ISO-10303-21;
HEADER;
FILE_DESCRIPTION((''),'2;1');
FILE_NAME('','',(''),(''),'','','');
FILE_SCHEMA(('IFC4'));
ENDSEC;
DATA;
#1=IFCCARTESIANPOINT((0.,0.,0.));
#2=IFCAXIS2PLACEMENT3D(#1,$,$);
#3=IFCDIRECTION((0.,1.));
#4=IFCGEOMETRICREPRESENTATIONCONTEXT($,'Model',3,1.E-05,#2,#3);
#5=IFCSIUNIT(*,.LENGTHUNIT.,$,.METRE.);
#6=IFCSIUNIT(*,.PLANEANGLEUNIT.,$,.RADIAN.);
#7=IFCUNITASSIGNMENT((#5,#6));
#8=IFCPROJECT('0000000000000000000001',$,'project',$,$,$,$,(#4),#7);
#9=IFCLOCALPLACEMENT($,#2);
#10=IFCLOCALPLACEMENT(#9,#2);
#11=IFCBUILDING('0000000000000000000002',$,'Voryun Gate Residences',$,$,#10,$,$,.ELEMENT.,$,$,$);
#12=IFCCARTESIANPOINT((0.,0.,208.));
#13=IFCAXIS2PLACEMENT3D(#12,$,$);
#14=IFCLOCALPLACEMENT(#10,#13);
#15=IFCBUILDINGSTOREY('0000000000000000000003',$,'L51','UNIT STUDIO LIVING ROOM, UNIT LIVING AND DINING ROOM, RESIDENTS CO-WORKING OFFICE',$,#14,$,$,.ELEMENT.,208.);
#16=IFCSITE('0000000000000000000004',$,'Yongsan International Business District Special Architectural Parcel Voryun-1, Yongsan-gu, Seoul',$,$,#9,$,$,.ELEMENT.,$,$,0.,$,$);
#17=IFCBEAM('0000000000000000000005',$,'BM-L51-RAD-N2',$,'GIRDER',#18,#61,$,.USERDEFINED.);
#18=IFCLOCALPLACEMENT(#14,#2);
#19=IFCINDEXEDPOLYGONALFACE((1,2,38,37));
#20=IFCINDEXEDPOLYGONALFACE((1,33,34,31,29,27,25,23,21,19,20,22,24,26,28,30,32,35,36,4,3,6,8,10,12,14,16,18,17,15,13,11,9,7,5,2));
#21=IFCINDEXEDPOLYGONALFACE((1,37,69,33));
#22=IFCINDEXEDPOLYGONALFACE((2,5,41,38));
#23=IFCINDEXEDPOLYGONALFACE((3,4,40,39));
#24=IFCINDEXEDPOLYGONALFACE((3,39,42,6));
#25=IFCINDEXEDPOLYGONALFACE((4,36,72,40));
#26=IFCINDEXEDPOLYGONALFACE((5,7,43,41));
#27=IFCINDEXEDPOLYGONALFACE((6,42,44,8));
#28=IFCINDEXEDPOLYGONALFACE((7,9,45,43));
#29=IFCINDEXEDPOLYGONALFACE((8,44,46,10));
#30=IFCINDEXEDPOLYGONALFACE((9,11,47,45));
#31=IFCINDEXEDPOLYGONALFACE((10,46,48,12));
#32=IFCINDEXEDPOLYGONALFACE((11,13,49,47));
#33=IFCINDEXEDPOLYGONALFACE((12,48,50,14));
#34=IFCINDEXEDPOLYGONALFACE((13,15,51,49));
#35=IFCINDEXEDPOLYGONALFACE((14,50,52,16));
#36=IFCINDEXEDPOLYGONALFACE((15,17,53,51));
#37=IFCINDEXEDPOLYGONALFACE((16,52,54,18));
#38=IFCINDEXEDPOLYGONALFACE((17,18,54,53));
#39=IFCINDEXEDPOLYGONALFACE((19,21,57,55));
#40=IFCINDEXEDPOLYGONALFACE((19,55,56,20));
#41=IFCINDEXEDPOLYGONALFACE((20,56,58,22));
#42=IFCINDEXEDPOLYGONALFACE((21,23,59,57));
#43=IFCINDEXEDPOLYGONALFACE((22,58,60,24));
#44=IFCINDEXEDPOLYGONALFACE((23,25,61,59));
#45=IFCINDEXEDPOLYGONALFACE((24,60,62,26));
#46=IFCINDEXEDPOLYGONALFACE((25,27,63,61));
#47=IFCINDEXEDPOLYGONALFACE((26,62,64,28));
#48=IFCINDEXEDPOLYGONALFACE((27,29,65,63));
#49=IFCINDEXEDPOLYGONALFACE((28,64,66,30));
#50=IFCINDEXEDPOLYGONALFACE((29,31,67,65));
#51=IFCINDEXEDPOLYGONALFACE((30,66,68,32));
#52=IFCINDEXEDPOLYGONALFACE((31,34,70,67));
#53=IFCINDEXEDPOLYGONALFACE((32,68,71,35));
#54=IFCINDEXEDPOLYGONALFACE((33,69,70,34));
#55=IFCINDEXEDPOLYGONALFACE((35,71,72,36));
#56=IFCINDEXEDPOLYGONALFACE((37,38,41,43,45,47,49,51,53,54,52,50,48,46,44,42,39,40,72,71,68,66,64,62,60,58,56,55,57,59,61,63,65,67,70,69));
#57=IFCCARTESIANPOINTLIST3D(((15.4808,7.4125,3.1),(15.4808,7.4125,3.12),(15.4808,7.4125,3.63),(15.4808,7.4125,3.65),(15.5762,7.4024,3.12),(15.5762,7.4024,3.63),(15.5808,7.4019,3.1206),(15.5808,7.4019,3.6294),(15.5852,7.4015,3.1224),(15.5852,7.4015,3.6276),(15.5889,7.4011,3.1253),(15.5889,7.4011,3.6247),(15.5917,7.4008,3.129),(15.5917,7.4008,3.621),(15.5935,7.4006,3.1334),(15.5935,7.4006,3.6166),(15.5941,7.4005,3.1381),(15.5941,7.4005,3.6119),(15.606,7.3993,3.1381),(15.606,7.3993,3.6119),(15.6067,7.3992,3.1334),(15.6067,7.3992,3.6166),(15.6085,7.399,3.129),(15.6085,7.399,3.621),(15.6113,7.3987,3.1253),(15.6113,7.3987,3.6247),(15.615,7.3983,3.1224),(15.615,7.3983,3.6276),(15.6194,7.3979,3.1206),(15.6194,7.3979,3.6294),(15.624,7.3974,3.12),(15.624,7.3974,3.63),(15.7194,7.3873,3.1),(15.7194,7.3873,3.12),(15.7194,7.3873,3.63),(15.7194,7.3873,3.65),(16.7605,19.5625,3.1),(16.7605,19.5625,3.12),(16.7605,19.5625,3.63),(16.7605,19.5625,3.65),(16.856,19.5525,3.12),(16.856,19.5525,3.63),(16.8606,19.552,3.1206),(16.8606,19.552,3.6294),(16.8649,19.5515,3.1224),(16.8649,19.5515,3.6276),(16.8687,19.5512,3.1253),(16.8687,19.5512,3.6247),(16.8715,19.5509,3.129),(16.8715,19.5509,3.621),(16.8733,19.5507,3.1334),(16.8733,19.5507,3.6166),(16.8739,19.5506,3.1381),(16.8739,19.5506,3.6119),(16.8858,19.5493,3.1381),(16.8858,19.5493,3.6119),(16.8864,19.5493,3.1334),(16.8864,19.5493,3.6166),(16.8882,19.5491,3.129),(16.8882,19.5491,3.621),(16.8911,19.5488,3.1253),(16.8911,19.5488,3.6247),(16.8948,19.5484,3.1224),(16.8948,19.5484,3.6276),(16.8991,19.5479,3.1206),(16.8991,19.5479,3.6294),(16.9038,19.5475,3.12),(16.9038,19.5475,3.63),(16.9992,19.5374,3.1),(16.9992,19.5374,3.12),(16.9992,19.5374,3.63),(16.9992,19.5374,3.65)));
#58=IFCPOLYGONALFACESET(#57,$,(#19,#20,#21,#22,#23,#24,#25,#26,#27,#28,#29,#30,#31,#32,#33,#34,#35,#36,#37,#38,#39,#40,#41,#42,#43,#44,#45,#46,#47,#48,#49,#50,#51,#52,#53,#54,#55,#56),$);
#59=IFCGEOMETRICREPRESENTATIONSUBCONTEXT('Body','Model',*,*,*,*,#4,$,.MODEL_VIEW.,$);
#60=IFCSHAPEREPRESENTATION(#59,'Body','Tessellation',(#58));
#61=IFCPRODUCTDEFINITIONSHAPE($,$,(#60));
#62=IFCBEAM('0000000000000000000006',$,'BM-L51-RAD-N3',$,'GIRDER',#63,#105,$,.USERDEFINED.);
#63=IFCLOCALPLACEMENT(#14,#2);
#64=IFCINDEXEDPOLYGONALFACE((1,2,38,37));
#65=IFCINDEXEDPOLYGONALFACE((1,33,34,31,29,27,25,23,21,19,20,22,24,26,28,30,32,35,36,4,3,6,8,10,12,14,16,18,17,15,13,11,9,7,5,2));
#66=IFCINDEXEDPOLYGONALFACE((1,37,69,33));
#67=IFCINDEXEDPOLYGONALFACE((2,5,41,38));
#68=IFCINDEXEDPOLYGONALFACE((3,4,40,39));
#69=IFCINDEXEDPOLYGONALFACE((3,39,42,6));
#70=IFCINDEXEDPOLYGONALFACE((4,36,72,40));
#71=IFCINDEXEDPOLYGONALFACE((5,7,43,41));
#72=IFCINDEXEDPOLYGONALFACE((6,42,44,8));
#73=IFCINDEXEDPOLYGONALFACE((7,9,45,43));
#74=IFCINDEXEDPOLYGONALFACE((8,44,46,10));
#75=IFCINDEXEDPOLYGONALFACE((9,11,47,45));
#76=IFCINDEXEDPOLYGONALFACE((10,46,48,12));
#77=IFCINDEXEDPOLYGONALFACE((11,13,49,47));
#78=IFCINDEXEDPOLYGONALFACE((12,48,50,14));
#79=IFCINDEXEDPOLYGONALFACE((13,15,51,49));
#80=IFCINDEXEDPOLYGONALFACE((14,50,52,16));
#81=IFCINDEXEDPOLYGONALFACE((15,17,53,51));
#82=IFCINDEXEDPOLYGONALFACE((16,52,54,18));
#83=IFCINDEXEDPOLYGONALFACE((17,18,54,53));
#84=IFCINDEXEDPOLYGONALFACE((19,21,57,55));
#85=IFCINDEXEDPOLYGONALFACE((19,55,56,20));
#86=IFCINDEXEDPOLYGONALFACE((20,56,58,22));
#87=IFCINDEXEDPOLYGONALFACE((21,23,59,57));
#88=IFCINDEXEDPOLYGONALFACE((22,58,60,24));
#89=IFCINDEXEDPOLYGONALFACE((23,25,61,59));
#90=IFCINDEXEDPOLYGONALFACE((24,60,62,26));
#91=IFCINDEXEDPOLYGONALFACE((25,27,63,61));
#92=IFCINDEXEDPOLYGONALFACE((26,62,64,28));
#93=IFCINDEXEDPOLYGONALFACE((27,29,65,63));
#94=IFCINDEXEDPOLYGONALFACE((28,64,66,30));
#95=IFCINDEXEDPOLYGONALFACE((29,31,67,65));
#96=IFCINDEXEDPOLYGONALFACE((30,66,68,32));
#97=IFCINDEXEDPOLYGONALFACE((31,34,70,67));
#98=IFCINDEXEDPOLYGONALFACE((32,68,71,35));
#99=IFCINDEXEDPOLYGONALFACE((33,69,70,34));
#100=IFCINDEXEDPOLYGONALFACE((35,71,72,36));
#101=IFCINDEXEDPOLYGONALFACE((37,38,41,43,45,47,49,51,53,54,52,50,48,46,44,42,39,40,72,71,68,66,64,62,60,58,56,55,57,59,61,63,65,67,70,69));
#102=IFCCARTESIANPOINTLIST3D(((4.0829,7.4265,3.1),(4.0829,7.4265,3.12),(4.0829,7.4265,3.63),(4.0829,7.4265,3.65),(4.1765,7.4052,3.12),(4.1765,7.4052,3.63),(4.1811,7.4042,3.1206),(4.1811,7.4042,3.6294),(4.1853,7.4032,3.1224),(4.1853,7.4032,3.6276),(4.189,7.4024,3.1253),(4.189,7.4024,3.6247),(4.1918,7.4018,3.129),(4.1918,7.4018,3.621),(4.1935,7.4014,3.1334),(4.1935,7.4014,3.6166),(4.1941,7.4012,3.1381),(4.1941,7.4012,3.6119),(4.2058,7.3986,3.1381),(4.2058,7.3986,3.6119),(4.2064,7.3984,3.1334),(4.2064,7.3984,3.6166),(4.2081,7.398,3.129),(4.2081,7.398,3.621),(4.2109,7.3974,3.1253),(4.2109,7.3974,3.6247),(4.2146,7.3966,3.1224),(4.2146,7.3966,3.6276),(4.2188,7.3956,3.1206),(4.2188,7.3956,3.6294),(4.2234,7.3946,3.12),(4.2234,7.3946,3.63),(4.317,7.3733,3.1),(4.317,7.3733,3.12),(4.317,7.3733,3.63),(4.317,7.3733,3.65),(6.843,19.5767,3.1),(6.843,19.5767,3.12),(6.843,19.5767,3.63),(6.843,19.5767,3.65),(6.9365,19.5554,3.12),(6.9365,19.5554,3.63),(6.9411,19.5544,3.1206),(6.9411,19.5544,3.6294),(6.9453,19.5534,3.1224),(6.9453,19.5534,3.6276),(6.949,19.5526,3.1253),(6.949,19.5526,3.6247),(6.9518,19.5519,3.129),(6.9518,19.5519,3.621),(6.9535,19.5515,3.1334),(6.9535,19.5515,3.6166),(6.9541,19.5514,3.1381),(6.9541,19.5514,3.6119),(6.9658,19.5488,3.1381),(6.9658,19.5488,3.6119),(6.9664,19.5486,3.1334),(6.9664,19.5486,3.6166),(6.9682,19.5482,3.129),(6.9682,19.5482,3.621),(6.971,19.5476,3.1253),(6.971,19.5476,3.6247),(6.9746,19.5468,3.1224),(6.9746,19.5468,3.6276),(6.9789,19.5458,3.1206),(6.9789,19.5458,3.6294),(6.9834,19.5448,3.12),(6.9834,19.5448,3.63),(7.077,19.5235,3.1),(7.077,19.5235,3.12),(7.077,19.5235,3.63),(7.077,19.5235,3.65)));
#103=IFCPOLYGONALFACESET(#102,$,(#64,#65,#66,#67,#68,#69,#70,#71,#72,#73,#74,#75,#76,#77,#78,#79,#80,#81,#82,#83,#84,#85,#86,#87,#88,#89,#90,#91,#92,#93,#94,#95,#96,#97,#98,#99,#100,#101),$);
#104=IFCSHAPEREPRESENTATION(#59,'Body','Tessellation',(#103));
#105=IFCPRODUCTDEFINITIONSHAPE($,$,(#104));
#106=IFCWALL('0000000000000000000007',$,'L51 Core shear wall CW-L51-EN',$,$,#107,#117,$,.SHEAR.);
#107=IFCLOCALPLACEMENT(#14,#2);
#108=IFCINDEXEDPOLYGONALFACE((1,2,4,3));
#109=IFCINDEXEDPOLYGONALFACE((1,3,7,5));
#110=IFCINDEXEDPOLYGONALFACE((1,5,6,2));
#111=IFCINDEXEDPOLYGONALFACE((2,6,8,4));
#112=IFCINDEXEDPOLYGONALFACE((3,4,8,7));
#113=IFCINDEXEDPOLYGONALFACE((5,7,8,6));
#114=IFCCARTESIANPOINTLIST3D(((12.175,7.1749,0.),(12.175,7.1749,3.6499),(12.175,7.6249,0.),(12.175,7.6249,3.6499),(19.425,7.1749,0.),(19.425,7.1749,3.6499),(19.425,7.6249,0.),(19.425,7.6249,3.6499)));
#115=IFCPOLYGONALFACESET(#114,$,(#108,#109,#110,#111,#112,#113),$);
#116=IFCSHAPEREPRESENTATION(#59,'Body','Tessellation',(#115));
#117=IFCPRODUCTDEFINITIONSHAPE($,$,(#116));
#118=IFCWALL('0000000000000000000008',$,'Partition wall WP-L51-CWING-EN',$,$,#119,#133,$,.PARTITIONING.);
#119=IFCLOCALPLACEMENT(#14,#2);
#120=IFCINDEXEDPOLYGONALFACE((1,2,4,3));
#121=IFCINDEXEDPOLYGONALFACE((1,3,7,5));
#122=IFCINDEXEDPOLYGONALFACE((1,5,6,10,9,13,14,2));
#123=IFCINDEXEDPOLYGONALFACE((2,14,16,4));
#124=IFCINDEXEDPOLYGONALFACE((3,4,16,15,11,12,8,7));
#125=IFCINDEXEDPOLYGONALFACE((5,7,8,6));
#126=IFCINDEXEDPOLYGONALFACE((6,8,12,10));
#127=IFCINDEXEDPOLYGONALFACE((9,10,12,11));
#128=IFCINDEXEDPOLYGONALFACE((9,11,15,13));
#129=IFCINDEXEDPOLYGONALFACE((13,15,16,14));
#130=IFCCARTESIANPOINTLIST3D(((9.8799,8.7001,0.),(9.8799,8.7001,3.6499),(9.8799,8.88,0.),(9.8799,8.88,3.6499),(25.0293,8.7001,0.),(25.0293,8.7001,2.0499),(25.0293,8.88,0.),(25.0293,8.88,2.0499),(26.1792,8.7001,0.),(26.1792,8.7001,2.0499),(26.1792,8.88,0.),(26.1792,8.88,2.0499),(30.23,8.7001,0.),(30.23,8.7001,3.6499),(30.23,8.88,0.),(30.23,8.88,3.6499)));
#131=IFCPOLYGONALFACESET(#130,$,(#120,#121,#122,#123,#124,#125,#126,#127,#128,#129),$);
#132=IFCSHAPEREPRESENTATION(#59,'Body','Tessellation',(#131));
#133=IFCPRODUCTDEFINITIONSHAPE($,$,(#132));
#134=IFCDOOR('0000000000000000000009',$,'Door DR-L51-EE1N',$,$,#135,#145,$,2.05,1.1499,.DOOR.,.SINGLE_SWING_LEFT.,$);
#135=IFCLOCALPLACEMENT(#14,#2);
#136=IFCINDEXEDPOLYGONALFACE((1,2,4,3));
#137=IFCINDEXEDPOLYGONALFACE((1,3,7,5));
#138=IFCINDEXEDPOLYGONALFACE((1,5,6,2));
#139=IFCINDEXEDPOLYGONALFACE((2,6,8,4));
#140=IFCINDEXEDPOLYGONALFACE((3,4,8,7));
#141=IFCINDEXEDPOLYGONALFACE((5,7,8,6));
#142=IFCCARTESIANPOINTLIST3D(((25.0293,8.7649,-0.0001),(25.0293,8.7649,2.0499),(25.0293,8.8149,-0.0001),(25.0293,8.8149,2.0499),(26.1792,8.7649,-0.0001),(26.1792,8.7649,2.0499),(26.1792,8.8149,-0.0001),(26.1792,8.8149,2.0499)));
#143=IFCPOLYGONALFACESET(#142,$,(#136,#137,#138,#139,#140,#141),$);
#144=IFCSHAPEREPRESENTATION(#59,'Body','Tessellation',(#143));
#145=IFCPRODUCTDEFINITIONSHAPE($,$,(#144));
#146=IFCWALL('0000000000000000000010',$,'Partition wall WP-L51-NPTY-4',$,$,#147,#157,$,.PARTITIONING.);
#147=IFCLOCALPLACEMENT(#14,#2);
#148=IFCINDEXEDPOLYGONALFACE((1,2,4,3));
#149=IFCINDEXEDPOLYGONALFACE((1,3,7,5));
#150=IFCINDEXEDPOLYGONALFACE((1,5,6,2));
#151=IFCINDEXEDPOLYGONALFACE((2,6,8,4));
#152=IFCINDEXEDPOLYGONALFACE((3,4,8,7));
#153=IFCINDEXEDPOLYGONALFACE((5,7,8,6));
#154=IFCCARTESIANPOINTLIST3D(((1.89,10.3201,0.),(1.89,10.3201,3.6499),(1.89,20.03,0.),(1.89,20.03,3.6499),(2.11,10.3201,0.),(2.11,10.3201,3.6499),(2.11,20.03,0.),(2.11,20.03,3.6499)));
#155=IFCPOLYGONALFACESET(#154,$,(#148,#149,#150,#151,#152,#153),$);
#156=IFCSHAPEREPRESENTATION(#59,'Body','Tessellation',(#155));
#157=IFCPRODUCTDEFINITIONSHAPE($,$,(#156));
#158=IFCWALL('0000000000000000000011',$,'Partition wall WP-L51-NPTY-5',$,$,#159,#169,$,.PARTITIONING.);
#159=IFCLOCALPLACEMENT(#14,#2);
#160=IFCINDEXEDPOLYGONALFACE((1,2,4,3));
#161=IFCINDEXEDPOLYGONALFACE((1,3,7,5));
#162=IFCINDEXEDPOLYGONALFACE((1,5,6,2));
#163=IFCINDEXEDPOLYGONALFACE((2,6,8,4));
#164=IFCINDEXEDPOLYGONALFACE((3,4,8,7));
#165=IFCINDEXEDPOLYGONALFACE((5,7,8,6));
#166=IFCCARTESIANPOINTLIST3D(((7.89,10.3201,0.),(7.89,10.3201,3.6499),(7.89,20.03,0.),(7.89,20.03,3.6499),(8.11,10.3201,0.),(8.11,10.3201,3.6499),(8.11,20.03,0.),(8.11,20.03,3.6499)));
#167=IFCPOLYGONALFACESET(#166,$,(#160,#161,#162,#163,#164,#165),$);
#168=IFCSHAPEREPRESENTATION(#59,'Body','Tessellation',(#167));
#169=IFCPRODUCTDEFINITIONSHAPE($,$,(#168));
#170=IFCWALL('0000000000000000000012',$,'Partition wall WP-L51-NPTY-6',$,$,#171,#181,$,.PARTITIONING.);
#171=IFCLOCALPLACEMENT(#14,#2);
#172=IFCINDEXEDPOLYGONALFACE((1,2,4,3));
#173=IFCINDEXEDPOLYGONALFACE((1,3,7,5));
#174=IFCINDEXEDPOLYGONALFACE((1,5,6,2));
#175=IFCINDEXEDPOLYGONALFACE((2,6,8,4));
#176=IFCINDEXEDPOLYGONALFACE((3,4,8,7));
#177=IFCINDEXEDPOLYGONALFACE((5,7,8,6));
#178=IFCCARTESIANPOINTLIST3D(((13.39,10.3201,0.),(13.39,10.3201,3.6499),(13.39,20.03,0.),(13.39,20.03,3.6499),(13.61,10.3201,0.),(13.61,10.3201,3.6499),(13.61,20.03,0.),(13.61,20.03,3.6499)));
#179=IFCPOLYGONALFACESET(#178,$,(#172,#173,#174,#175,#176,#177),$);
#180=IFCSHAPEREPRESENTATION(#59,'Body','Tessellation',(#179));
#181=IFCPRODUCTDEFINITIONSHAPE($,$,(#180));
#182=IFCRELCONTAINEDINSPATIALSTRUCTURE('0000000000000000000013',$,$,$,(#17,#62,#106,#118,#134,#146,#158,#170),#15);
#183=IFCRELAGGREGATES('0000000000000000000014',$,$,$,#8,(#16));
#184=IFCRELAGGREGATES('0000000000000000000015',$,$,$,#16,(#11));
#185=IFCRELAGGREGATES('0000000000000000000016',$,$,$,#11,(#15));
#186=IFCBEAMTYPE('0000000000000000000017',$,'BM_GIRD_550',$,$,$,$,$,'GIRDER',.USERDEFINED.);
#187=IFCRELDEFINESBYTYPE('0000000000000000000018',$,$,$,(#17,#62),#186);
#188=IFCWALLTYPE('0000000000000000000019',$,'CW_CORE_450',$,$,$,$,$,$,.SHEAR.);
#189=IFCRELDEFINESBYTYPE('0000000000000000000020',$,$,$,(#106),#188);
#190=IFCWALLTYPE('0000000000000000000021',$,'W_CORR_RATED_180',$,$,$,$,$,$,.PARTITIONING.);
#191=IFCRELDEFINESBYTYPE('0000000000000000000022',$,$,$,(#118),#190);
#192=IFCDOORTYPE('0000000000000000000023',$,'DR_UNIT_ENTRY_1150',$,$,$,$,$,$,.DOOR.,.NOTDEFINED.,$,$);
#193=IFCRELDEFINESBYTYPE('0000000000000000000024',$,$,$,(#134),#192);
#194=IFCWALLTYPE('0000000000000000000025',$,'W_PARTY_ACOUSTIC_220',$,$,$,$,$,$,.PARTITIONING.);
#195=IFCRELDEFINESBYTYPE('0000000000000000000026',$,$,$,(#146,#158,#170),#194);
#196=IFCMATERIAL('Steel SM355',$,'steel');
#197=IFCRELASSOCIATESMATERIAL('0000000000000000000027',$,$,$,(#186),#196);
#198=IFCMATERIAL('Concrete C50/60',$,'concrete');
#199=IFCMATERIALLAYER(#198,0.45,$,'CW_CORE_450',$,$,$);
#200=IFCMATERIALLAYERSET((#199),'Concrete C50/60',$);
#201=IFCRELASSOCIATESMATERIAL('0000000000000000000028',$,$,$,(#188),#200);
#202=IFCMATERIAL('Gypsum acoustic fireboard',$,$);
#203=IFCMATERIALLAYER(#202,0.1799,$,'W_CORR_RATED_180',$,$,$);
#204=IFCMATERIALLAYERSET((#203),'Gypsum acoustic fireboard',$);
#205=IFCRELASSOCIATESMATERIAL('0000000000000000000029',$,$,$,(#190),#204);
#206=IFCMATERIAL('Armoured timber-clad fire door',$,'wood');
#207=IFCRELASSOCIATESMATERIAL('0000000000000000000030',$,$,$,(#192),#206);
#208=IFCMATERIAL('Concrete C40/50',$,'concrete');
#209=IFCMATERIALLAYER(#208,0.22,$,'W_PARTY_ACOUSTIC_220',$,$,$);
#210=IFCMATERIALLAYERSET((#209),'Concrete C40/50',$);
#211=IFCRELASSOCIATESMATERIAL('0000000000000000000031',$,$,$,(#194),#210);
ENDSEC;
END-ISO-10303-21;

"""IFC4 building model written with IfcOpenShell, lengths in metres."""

from ifc_helpers import new_model, si_unit, direction, frame, frame_2d, origin, origin_2d, place, context, subcontext, project, spatial, rectangle, i_section, extrude, material, layer, layer_set, material_profile, profile_set, type_object, element, fill, save


model = new_model("IFC4")

# Units and contexts
model_context = context("Model", 3, precision=1e-05, world=origin(), true_north=direction((0.0, 1.0)))
body_context = subcontext(model_context, "Body", "Model", "MODEL_VIEW")
ifc_project = project(units=[si_unit("LENGTHUNIT", "METRE"), si_unit("PLANEANGLEUNIT", "RADIAN")], contexts=[model_context])

# Site, building, storey
site_placement = place(None, origin())
site = spatial("IfcSite", under=ifc_project, at=site_placement, Name="Yongsan International Business District Special Architectural Parcel Voryun-1, Yongsan-gu, Seoul", CompositionType="ELEMENT", RefElevation=0.0)
building_placement = place(site_placement, origin())
building = spatial("IfcBuilding", under=site, at=building_placement, Name="Voryun Gate Residences", CompositionType="ELEMENT")
storey_placement = place(building_placement, frame((0.0, 0.0, 208.0)))
storey = spatial("IfcBuildingStorey", under=building, at=storey_placement, Name="L51", Description="UNIT STUDIO LIVING ROOM, UNIT LIVING AND DINING ROOM, RESIDENTS CO-WORKING OFFICE", CompositionType="ELEMENT", Elevation=208.0)

# Beams
ifc_material_1 = material(Name="Steel SM355", Category="steel")
ifc_material_profile_1 = material_profile(ifc_material_1, i_section(OverallWidth=0.24, OverallDepth=0.55, WebThickness=0.012, FlangeThickness=0.02, FilletRadius=0.0181, at=origin_2d()), Name="H-550x240x12x20")
ifc_profile_set_1 = profile_set([ifc_material_profile_1], Name="Steel SM355")
beam_type_1 = type_object("IfcBeamType", Name="BM_GIRD_550", ElementType="GIRDER", PredefinedType="USERDEFINED", material=ifc_profile_set_1)
beam_1_placement = place(storey_placement, frame((15.6001, 7.3999, 3.375), z_axis=(0.104751, 0.994498, 0.0), x_axis=(-0.994498, 0.104751, 0.0)))
element("IfcBeam", 1, at=beam_1_placement, inside=storey, type_object=beam_type_1, Name="BM-L51-RAD-N2", ObjectType="GIRDER", PredefinedType="USERDEFINED", context=body_context, shape_type="SweptSolid", body=[
    extrude(i_section(OverallWidth=0.24, OverallDepth=0.55, WebThickness=0.012, FlangeThickness=0.02, FilletRadius=0.0181, at=origin_2d()), origin(), (0.0, 0.0, 1.0), 12.2173),
])
beam_2_placement = place(storey_placement, frame((4.2, 7.3999, 3.375), z_axis=(0.221515, 0.975157, 0.0), x_axis=(-0.975157, 0.221515, 0.0)))
element("IfcBeam", 2, at=beam_2_placement, inside=storey, type_object=beam_type_1, Name="BM-L51-RAD-N3", ObjectType="GIRDER", PredefinedType="USERDEFINED", context=body_context, shape_type="SweptSolid", body=[
    extrude(i_section(OverallWidth=0.24, OverallDepth=0.55, WebThickness=0.012, FlangeThickness=0.02, FilletRadius=0.0181, at=origin_2d()), origin(), (0.0, 0.0, 1.0), 12.4597),
])

# Wall
ifc_material_2 = material(Name="Concrete C50/60", Category="concrete")
ifc_layer_1 = layer(ifc_material_2, 0.45, Name="CW_CORE_450")
ifc_layer_set_1 = layer_set([ifc_layer_1], Name="Concrete C50/60")
wall_type_1 = type_object("IfcWallType", Name="CW_CORE_450", PredefinedType="SHEAR", material=ifc_layer_set_1)
wall_1_placement = place(storey_placement, frame((12.175, 7.3999, 0.0), z_axis=(0.0, 0.0, 1.0), x_axis=(1.0, 0.0, 0.0)))
element("IfcWall", 3, at=wall_1_placement, inside=storey, type_object=wall_type_1, Name="L51 Core shear wall CW-L51-EN", PredefinedType="SHEAR", context=body_context, shape_type="SweptSolid", body=[
    extrude(rectangle(XDim=7.25, YDim=0.45, at=frame_2d((3.625, 0.0))), origin(), (0.0, 0.0, 1.0), 3.6499),
])

# Wall, opening, door
ifc_material_3 = material(Name="Gypsum acoustic fireboard")
ifc_layer_2 = layer(ifc_material_3, 0.1799, Name="W_CORR_RATED_180")
ifc_layer_set_2 = layer_set([ifc_layer_2], Name="Gypsum acoustic fireboard")
wall_type_2 = type_object("IfcWallType", Name="W_CORR_RATED_180", PredefinedType="PARTITIONING", material=ifc_layer_set_2)
wall_2_placement = place(storey_placement, frame((9.8799, 8.79, 0.0), z_axis=(0.0, 0.0, 1.0), x_axis=(1.0, 0.0, 0.0)))
wall_2 = element("IfcWall", 4, at=wall_2_placement, inside=storey, type_object=wall_type_2, Name="Partition wall WP-L51-CWING-EN", PredefinedType="PARTITIONING", context=body_context, shape_type="SweptSolid", body=[
    extrude(rectangle(XDim=20.3501, YDim=0.1799, at=frame_2d((10.175, 0.0))), origin(), (0.0, 0.0, 1.0), 3.6499),
])
opening_1_placement = place(wall_2_placement, frame((15.1494, 0.0, 0.0)))
opening_1 = element("IfcOpeningElement", 5, at=opening_1_placement, cuts=wall_2, PredefinedType="OPENING", context=body_context, shape_type="SweptSolid", body=[
    extrude(rectangle(XDim=1.1499, YDim=2.05, at=frame_2d((0.575, 1.0249))), frame((0.0, 0.0999, 0.0), z_axis=(0.0, -1.0, 0.0), x_axis=(1.0, 0.0, 0.0)), (0.0, 0.0, 1.0), 0.2),
])
ifc_material_4 = material(Name="Armoured timber-clad fire door", Category="wood")
door_type_1 = type_object("IfcDoorType", Name="DR_UNIT_ENTRY_1150", OperationType="NOTDEFINED", PredefinedType="DOOR", material=ifc_material_4)
door_1_placement = place(opening_1_placement, origin())
door_1 = element("IfcDoor", 6, at=door_1_placement, inside=storey, type_object=door_type_1, Name="Door DR-L51-EE1N", OperationType="SINGLE_SWING_LEFT", OverallHeight=2.05, OverallWidth=1.1499, PredefinedType="DOOR", context=body_context, shape_type="SweptSolid", body=[
    extrude(rectangle(XDim=1.1499, YDim=2.05, at=frame_2d((0.575, 1.0249))), frame((0.0, 0.0249, 0.0), z_axis=(0.0, -1.0, 0.0), x_axis=(1.0, 0.0, 0.0)), (0.0, 0.0, 1.0), 0.05),
])
fill(opening_1, door_1)

# Walls
ifc_material_5 = material(Name="Concrete C40/50", Category="concrete")
ifc_layer_3 = layer(ifc_material_5, 0.22, Name="W_PARTY_ACOUSTIC_220")
ifc_layer_set_3 = layer_set([ifc_layer_3], Name="Concrete C40/50")
wall_type_3 = type_object("IfcWallType", Name="W_PARTY_ACOUSTIC_220", PredefinedType="PARTITIONING", material=ifc_layer_set_3)
for number, where, z_axis, x_axis, name in (
    (7, (2.0, 10.3201, 0.0), (0.0, 0.0, 1.0), (0.0, 1.0, 0.0), "Partition wall WP-L51-NPTY-4"),
    (8, (8.0, 10.3201, 0.0), (0.0, 0.0, 1.0), (0.0, 1.0, 0.0), "Partition wall WP-L51-NPTY-5"),
    (9, (13.5, 10.3201, 0.0), (0.0, 0.0, 1.0), (0.0, 1.0, 0.0), "Partition wall WP-L51-NPTY-6"),
):
    element("IfcWall", number, at=place(storey_placement, frame(where, z_axis=z_axis, x_axis=x_axis)), inside=storey, type_object=wall_type_3, Name=name, PredefinedType="PARTITIONING", context=body_context, shape_type="SweptSolid", body=[
        extrude(rectangle(XDim=9.71, YDim=0.22, at=frame_2d((4.855, 0.0))), origin(), (0.0, 0.0, 1.0), 3.6499),
    ])

save(model, "model.ifc")
